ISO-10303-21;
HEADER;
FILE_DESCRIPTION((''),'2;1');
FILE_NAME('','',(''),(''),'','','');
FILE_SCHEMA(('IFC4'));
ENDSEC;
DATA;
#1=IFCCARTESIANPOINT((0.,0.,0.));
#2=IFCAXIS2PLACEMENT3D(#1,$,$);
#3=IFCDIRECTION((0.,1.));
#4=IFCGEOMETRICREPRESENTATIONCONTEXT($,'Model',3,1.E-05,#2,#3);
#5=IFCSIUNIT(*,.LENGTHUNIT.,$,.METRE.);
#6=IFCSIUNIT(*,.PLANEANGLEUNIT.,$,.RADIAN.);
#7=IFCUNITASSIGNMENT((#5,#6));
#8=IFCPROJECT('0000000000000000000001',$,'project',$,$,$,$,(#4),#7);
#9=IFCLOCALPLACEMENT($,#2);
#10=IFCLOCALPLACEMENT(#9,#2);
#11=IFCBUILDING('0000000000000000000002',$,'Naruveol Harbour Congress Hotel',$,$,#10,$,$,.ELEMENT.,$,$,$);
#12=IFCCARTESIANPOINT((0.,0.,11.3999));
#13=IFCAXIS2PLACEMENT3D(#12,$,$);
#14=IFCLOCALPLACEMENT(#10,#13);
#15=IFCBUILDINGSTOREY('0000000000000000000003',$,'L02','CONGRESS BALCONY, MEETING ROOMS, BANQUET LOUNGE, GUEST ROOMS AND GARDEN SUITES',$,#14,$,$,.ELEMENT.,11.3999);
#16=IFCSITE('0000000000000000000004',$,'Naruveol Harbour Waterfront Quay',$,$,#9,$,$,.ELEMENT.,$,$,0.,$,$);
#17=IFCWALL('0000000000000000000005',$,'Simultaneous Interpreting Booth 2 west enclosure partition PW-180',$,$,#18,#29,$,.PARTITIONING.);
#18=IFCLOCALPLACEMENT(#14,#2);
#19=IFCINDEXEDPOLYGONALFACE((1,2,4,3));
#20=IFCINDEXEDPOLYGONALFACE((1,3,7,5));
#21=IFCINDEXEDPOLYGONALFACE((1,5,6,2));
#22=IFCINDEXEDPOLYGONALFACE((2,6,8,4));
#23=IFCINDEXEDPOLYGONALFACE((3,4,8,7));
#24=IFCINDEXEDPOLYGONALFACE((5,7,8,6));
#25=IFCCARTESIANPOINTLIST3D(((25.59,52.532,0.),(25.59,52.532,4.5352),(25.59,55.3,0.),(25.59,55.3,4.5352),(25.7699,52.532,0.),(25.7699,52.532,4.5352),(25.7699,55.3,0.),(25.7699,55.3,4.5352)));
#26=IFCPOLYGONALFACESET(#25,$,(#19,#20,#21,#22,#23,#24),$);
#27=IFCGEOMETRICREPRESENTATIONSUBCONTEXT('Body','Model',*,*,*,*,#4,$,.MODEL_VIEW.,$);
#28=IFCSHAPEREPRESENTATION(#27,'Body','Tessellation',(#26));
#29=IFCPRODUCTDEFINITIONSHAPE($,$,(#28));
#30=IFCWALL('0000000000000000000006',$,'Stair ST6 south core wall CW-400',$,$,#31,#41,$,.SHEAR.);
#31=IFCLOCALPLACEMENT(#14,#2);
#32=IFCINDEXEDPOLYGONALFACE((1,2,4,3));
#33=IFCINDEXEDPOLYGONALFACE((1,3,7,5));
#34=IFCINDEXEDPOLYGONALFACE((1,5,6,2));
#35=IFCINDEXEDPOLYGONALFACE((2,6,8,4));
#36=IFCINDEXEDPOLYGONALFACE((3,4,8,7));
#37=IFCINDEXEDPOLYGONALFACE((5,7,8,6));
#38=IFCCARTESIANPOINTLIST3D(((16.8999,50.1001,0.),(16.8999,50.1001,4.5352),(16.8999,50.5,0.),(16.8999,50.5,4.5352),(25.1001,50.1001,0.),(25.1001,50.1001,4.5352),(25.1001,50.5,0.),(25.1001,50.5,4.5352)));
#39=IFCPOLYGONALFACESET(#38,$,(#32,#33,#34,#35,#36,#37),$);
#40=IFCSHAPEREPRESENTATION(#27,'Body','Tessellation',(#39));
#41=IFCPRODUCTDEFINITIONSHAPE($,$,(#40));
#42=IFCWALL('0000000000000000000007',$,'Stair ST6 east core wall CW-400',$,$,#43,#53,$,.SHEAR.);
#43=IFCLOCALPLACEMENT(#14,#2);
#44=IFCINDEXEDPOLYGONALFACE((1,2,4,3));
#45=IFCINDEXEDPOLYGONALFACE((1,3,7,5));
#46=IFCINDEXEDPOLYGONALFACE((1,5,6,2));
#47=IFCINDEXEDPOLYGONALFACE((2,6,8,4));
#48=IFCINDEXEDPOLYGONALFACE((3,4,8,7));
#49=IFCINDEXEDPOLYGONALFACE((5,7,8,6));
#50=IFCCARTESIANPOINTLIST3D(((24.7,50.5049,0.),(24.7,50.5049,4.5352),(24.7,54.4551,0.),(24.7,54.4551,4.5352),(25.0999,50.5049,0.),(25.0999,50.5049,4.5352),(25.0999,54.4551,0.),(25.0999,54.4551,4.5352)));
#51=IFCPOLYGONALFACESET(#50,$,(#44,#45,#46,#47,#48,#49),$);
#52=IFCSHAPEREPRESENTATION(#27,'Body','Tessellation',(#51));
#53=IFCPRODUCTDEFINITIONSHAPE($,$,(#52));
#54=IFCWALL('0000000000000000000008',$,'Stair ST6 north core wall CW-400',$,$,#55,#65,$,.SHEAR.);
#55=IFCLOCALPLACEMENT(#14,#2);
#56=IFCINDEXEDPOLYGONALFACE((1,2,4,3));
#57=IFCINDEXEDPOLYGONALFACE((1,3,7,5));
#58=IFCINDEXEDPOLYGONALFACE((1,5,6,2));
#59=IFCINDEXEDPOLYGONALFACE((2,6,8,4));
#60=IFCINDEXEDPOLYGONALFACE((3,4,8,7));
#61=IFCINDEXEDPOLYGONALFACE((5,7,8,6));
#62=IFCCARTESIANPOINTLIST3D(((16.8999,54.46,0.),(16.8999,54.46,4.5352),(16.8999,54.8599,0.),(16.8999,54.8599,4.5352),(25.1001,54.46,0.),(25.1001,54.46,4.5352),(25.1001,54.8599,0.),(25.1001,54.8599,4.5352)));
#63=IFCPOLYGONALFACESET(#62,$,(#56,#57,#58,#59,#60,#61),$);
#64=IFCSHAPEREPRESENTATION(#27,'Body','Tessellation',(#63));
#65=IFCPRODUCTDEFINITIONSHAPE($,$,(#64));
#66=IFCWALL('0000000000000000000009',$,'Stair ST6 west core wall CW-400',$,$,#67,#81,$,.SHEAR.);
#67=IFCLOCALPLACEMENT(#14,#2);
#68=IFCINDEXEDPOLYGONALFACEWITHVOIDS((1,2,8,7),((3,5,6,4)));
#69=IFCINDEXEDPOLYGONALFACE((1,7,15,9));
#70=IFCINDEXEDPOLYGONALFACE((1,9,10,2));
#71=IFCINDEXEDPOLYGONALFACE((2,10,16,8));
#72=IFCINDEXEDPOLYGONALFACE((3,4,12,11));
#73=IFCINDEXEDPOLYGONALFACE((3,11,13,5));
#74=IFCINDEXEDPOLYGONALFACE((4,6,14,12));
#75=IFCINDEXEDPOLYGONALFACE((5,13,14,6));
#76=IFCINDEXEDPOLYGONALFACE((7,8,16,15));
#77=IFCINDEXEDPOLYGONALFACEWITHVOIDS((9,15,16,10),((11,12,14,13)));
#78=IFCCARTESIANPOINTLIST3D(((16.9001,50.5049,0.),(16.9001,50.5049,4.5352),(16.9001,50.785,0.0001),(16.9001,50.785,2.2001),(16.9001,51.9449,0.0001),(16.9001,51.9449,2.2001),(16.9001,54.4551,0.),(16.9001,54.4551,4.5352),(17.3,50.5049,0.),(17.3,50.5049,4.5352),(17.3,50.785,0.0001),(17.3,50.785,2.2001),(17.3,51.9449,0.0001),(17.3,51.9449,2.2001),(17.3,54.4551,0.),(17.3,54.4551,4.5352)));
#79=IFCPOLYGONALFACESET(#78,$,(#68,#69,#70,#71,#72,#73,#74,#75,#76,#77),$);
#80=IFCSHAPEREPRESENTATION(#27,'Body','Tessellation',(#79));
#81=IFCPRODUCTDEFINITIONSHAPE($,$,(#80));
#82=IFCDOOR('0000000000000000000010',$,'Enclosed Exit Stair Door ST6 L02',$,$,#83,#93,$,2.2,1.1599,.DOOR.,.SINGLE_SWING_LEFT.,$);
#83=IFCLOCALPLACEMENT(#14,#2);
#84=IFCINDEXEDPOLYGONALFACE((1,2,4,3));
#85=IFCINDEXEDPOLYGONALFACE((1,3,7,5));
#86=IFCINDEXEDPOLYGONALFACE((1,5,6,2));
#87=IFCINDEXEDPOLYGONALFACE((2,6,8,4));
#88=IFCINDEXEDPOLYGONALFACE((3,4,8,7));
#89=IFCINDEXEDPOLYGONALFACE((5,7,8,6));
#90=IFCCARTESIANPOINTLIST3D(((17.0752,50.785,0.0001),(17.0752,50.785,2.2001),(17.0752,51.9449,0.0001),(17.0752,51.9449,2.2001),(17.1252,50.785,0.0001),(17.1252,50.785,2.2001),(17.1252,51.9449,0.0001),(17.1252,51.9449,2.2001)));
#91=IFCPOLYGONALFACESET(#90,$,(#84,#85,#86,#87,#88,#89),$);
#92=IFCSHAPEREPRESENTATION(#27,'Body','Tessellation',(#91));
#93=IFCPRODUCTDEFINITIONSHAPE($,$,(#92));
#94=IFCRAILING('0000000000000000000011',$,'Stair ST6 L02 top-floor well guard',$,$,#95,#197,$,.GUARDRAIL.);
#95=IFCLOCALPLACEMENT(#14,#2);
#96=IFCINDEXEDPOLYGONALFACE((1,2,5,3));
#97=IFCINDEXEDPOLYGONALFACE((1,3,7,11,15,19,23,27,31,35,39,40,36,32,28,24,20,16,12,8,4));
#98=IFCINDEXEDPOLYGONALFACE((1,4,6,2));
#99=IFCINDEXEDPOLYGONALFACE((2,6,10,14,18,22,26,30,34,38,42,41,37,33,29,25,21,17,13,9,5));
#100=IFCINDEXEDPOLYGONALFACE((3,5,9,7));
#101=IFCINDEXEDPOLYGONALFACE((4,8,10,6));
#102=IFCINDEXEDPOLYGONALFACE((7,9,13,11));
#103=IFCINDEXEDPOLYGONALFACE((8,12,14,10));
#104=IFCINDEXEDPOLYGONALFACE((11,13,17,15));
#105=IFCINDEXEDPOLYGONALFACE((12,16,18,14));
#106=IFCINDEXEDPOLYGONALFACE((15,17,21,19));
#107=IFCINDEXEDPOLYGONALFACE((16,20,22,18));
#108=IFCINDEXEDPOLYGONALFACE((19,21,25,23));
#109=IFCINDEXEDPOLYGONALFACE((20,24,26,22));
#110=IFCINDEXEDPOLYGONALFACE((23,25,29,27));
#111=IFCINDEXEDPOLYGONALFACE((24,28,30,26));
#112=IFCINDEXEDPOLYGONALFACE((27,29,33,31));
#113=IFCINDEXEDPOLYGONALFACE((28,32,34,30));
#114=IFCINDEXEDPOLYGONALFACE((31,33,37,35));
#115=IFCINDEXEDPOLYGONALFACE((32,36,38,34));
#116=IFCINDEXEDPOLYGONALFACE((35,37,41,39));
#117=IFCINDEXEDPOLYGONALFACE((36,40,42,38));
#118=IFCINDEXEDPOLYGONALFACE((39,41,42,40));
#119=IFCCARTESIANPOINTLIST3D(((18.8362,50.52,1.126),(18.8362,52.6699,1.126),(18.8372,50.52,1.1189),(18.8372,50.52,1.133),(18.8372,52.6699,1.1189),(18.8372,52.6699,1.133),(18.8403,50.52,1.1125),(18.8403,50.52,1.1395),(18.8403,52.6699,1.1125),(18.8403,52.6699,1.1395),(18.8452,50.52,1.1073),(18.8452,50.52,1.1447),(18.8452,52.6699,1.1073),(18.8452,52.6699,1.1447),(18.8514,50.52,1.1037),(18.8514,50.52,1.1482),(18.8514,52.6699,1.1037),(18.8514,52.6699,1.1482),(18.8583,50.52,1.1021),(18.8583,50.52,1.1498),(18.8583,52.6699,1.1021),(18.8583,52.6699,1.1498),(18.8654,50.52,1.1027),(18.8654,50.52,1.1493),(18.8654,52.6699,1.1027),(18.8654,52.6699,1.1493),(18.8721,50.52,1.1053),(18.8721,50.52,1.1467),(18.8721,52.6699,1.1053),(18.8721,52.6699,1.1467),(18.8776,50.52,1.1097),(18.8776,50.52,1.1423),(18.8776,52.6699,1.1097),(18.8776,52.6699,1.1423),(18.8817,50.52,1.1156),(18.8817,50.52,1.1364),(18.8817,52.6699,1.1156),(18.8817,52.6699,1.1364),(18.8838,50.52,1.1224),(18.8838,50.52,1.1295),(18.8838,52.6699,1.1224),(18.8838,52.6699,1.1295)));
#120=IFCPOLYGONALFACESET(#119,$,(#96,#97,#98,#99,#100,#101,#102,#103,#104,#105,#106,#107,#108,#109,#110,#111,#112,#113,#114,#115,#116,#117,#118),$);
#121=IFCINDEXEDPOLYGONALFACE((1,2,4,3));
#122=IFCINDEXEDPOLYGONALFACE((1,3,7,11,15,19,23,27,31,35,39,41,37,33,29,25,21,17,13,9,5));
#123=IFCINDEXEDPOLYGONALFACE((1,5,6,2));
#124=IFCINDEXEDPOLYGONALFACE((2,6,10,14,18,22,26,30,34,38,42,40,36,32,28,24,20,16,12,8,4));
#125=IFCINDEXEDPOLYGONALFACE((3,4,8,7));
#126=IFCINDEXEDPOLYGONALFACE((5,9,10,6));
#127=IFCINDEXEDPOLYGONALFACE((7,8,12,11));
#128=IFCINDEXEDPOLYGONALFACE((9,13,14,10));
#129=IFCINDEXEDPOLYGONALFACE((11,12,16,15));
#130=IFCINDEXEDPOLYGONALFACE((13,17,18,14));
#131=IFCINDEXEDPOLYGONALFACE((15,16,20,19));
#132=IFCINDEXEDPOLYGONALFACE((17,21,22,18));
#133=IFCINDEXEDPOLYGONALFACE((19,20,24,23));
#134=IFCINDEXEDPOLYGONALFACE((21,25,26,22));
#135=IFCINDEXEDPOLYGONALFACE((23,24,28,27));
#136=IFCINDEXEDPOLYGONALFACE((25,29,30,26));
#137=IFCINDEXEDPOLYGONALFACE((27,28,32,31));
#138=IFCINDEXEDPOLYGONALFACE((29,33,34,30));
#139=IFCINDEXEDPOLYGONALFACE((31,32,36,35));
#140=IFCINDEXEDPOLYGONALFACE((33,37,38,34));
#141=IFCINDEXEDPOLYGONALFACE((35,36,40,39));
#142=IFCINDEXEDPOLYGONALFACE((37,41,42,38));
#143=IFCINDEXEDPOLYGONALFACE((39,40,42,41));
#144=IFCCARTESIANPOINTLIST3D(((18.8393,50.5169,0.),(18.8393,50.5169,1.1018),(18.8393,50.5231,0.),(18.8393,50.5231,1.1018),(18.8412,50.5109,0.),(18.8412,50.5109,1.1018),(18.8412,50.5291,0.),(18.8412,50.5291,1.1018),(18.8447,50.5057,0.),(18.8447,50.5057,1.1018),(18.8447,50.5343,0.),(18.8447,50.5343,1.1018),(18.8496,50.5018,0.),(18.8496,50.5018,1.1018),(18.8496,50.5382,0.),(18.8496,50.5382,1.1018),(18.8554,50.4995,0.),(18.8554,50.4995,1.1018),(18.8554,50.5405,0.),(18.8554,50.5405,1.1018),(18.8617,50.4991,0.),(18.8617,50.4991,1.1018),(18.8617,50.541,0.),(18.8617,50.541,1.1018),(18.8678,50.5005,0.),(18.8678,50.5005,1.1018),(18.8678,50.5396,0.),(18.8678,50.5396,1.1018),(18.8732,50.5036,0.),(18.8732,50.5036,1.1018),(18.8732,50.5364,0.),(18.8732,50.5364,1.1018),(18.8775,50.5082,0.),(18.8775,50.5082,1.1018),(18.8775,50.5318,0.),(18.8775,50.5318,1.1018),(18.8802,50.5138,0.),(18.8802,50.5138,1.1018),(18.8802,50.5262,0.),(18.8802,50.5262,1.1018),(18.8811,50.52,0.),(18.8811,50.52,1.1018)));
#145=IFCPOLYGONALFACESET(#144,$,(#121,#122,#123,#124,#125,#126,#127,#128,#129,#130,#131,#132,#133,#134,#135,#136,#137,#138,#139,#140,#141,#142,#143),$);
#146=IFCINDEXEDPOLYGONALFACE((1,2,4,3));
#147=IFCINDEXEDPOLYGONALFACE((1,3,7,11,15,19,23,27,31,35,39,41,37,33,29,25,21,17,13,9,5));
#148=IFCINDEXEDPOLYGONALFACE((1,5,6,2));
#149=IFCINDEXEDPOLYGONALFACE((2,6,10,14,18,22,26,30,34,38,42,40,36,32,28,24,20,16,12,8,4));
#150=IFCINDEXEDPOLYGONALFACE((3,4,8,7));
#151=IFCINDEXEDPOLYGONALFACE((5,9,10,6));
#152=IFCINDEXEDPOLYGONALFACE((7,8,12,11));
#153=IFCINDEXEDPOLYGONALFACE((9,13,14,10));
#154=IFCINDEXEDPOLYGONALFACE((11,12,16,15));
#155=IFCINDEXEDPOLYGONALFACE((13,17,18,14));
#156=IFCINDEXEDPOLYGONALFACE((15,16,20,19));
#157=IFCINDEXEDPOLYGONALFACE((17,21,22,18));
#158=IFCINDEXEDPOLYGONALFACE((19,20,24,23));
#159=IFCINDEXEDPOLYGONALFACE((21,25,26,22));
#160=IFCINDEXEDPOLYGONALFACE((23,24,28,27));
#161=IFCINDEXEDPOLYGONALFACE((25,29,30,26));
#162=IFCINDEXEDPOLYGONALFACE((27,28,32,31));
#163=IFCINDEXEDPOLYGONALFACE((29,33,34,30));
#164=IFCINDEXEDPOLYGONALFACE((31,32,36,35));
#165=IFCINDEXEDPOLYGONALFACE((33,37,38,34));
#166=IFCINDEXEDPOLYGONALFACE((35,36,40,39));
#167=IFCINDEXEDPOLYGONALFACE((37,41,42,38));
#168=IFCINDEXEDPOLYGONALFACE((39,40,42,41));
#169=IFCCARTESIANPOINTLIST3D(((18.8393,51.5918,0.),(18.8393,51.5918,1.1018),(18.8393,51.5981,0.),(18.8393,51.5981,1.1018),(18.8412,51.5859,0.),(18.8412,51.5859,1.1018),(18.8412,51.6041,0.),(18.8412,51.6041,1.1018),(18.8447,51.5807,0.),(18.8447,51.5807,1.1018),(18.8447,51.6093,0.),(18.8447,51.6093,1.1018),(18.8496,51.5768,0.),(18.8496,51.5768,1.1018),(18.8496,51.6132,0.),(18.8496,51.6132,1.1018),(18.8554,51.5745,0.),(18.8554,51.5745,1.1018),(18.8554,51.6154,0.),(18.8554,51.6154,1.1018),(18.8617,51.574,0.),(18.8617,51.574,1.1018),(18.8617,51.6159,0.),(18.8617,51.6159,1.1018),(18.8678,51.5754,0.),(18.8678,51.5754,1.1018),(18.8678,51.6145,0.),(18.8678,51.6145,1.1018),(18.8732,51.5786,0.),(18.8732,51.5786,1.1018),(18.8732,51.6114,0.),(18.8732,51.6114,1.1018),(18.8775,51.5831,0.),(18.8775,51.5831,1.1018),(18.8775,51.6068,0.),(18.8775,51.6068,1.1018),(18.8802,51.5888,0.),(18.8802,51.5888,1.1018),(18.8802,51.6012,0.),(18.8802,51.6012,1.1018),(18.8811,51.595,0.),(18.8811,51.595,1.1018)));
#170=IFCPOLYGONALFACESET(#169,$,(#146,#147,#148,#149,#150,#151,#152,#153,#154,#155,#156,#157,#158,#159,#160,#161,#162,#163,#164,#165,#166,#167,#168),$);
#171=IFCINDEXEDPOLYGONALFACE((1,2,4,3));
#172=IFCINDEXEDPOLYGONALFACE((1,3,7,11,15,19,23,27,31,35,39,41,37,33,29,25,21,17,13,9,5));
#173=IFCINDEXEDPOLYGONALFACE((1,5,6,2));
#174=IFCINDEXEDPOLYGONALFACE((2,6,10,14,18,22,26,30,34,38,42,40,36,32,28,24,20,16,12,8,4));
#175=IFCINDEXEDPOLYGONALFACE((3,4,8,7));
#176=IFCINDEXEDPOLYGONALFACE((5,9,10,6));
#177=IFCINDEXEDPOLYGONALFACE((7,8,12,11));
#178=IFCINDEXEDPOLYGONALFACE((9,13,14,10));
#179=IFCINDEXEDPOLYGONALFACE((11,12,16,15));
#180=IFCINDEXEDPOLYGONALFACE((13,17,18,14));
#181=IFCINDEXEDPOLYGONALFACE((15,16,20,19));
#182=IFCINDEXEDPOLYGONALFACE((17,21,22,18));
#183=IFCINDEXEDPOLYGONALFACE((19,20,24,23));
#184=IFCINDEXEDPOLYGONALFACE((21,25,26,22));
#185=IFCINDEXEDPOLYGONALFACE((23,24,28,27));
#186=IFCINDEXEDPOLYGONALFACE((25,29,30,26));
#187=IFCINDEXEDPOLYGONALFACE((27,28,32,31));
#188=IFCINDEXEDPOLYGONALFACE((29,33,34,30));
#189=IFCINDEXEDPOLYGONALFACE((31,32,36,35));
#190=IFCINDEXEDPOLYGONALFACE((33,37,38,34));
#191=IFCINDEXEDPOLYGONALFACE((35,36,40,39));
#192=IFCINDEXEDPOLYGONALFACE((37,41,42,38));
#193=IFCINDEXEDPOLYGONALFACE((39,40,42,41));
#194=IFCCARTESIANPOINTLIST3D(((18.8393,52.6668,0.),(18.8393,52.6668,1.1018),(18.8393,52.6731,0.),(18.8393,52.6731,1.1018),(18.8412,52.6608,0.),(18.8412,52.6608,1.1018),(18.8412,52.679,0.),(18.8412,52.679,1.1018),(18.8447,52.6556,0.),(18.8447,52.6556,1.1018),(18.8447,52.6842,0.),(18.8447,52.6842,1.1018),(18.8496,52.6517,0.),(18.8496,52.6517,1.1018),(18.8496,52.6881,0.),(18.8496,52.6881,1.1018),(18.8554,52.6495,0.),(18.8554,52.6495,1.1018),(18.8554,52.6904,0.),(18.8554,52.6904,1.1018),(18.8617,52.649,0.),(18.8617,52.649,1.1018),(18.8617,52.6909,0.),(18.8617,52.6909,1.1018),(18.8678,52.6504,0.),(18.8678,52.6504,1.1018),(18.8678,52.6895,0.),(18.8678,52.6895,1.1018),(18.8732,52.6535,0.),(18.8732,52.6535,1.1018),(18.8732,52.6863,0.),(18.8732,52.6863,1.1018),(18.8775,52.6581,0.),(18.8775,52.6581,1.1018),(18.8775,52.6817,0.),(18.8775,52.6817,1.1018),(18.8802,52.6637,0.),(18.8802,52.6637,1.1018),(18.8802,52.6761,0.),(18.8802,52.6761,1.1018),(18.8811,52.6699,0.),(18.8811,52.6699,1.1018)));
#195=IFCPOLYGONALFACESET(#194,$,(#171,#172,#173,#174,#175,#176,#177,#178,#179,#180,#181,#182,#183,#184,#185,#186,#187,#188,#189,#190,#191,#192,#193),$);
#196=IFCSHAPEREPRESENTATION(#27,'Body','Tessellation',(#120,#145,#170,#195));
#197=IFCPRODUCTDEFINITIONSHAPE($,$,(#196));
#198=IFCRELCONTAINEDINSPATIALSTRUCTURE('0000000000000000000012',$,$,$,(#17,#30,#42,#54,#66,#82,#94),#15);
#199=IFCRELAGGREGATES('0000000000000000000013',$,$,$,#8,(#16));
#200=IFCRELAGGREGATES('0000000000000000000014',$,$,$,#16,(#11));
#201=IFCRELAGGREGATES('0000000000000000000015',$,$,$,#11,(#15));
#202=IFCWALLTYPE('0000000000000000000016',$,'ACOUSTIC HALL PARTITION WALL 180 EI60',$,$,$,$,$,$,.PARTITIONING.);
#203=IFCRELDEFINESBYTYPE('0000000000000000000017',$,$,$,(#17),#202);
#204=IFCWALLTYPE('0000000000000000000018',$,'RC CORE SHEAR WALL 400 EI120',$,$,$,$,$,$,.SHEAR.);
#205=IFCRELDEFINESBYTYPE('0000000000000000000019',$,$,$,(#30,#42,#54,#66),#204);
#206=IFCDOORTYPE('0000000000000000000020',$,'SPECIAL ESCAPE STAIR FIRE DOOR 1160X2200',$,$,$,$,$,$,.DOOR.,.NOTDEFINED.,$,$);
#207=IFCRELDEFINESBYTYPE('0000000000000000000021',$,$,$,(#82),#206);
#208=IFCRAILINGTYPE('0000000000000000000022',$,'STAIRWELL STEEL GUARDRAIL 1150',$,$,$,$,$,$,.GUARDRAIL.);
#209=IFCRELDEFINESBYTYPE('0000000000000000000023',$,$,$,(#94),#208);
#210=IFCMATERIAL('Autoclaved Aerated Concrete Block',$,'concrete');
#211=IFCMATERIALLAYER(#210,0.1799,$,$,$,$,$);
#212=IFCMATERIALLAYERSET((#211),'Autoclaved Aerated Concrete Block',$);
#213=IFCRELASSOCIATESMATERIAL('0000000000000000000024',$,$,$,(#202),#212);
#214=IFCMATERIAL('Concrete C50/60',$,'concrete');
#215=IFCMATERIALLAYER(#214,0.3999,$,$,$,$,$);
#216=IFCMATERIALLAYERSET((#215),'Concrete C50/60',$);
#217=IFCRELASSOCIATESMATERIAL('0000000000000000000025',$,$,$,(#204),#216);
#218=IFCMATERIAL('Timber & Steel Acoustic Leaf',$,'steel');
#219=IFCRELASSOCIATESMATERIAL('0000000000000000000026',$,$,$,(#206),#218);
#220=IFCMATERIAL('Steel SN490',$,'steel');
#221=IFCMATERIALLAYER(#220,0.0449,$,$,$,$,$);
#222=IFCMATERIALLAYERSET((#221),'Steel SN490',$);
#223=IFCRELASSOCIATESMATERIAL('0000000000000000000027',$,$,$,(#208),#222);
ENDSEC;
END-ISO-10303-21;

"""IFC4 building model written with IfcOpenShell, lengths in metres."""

from ifc_helpers import new_model, si_unit, direction, frame, frame_2d, origin, origin_2d, place, context, subcontext, project, spatial, rectangle, circle, extrude, material, layer, layer_set, type_object, element, fill, save


model = new_model("IFC4")

# Units and contexts
model_context = context("Model", 3, precision=1e-05, world=origin(), true_north=direction((0.0, 1.0)))
body_context = subcontext(model_context, "Body", "Model", "MODEL_VIEW")
ifc_project = project(units=[si_unit("LENGTHUNIT", "METRE"), si_unit("PLANEANGLEUNIT", "RADIAN")], contexts=[model_context])

# Site, building, storey
site_placement = place(None, origin())
site = spatial("IfcSite", under=ifc_project, at=site_placement, Name="Naruveol Harbour Waterfront Quay", CompositionType="ELEMENT", RefElevation=0.0)
building_placement = place(site_placement, origin())
building = spatial("IfcBuilding", under=site, at=building_placement, Name="Naruveol Harbour Congress Hotel", CompositionType="ELEMENT")
storey_placement = place(building_placement, frame((0.0, 0.0, 11.3999)))
storey = spatial("IfcBuildingStorey", under=building, at=storey_placement, Name="L02", Description="CONGRESS BALCONY, MEETING ROOMS, BANQUET LOUNGE, GUEST ROOMS AND GARDEN SUITES", CompositionType="ELEMENT", Elevation=11.3999)

# Walls
ifc_material_1 = material(Name="Autoclaved Aerated Concrete Block", Category="concrete")
ifc_layer_1 = layer(ifc_material_1, 0.1799)
ifc_layer_set_1 = layer_set([ifc_layer_1], Name="Autoclaved Aerated Concrete Block")
wall_type_1 = type_object("IfcWallType", Name="ACOUSTIC HALL PARTITION WALL 180 EI60", PredefinedType="PARTITIONING", material=ifc_layer_set_1)
wall_1_placement = place(storey_placement, frame((25.6799, 52.532, 0.0), z_axis=(0.0, 0.0, 1.0), x_axis=(0.0, 1.0, 0.0)))
element("IfcWall", 1, at=wall_1_placement, inside=storey, type_object=wall_type_1, Name="Simultaneous Interpreting Booth 2 west enclosure partition PW-180", PredefinedType="PARTITIONING", context=body_context, shape_type="SweptSolid", body=[
    extrude(rectangle(XDim=2.7681, YDim=0.1799, at=frame_2d((1.384, 0.0))), origin(), (0.0, 0.0, 1.0), 4.5352),
])
ifc_material_2 = material(Name="Concrete C50/60", Category="concrete")
ifc_layer_2 = layer(ifc_material_2, 0.3999)
ifc_layer_set_2 = layer_set([ifc_layer_2], Name="Concrete C50/60")
wall_type_2 = type_object("IfcWallType", Name="RC CORE SHEAR WALL 400 EI120", PredefinedType="SHEAR", material=ifc_layer_set_2)
wall_2_placement = place(storey_placement, frame((16.8999, 50.3, 0.0), z_axis=(0.0, 0.0, 1.0), x_axis=(1.0, 0.0, 0.0)))
element("IfcWall", 2, at=wall_2_placement, inside=storey, type_object=wall_type_2, Name="Stair ST6 south core wall CW-400", PredefinedType="SHEAR", context=body_context, shape_type="SweptSolid", body=[
    extrude(rectangle(XDim=8.2002, YDim=0.3999, at=frame_2d((4.1001, 0.0))), origin(), (0.0, 0.0, 1.0), 4.5352),
])
wall_3_placement = place(storey_placement, frame((24.8999, 50.5049, 0.0), z_axis=(0.0, 0.0, 1.0), x_axis=(0.0, 1.0, 0.0)))
element("IfcWall", 3, at=wall_3_placement, inside=storey, type_object=wall_type_2, Name="Stair ST6 east core wall CW-400", PredefinedType="SHEAR", context=body_context, shape_type="SweptSolid", body=[
    extrude(rectangle(XDim=3.9502, YDim=0.3999, at=frame_2d((1.9751, 0.0))), origin(), (0.0, 0.0, 1.0), 4.5352),
])
wall_4_placement = place(storey_placement, frame((16.8999, 54.6599, 0.0), z_axis=(0.0, 0.0, 1.0), x_axis=(1.0, 0.0, 0.0)))
element("IfcWall", 4, at=wall_4_placement, inside=storey, type_object=wall_type_2, Name="Stair ST6 north core wall CW-400", PredefinedType="SHEAR", context=body_context, shape_type="SweptSolid", body=[
    extrude(rectangle(XDim=8.2002, YDim=0.3999, at=frame_2d((4.1001, 0.0))), origin(), (0.0, 0.0, 1.0), 4.5352),
])

# Wall, opening, door
wall_5_placement = place(storey_placement, frame((17.1001, 50.5049, 0.0), z_axis=(0.0, 0.0, 1.0), x_axis=(0.0, 1.0, 0.0)))
wall_5 = element("IfcWall", 5, at=wall_5_placement, inside=storey, type_object=wall_type_2, Name="Stair ST6 west core wall CW-400", PredefinedType="SHEAR", context=body_context, shape_type="SweptSolid", body=[
    extrude(rectangle(XDim=3.9502, YDim=0.3999, at=frame_2d((1.9751, 0.0))), origin(), (0.0, 0.0, 1.0), 4.5352),
])
opening_1_placement = place(wall_5_placement, frame((0.28, 0.0, 0.0)))
opening_1 = element("IfcOpeningElement", 6, at=opening_1_placement, cuts=wall_5, PredefinedType="OPENING", context=body_context, shape_type="SweptSolid", body=[
    extrude(rectangle(XDim=1.1599, YDim=2.2, at=frame_2d((0.5801, 1.1001))), frame((0.0, 0.21, 0.0), z_axis=(0.0, -1.0, 0.0), x_axis=(1.0, 0.0, 0.0)), (0.0, 0.0, 1.0), 0.4199),
])
ifc_material_3 = material(Name="Timber & Steel Acoustic Leaf", Category="steel")
door_type = type_object("IfcDoorType", Name="SPECIAL ESCAPE STAIR FIRE DOOR 1160X2200", OperationType="NOTDEFINED", PredefinedType="DOOR", material=ifc_material_3)
door_placement = place(opening_1_placement, origin())
door = element("IfcDoor", 7, at=door_placement, inside=storey, type_object=door_type, Name="Enclosed Exit Stair Door ST6 L02", OperationType="SINGLE_SWING_LEFT", OverallHeight=2.2, OverallWidth=1.1599, PredefinedType="DOOR", context=body_context, shape_type="SweptSolid", body=[
    extrude(rectangle(XDim=1.1599, YDim=2.2, at=frame_2d((0.5801, 1.1001))), frame((0.0, 0.0249, 0.0), z_axis=(0.0, -1.0, 0.0), x_axis=(1.0, 0.0, 0.0)), (0.0, 0.0, 1.0), 0.05),
])
fill(opening_1, door)

# Railing
ifc_material_4 = material(Name="Steel SN490", Category="steel")
ifc_layer_3 = layer(ifc_material_4, 0.0449)
ifc_layer_set_3 = layer_set([ifc_layer_3], Name="Steel SN490")
railing_type = type_object("IfcRailingType", Name="STAIRWELL STEEL GUARDRAIL 1150", PredefinedType="GUARDRAIL", material=ifc_layer_set_3)
railing_placement = place(storey_placement, frame((18.8601, 50.52, 0.0)))
element("IfcRailing", 8, at=railing_placement, inside=storey, type_object=railing_type, Name="Stair ST6 L02 top-floor well guard", PredefinedType="GUARDRAIL", context=body_context, shape_type="SweptSolid", body=[
    extrude(circle(Radius=0.0239, at=origin_2d()), frame((0.0, 0.0, 1.126), z_axis=(0.0, 1.0, 0.0), x_axis=(-1.0, 0.0, 0.0)), (0.0, 0.0, 1.0), 2.1499),
    extrude(circle(Radius=0.021, at=origin_2d()), origin(), (0.0, 0.0, 1.0), 1.1018),
    extrude(circle(Radius=0.021, at=origin_2d()), frame((0.0, 1.075, 0.0)), (0.0, 0.0, 1.0), 1.1018),
    extrude(circle(Radius=0.021, at=origin_2d()), frame((0.0, 2.1499, 0.0)), (0.0, 0.0, 1.0), 1.1018),
])

save(model, "model.ifc")
